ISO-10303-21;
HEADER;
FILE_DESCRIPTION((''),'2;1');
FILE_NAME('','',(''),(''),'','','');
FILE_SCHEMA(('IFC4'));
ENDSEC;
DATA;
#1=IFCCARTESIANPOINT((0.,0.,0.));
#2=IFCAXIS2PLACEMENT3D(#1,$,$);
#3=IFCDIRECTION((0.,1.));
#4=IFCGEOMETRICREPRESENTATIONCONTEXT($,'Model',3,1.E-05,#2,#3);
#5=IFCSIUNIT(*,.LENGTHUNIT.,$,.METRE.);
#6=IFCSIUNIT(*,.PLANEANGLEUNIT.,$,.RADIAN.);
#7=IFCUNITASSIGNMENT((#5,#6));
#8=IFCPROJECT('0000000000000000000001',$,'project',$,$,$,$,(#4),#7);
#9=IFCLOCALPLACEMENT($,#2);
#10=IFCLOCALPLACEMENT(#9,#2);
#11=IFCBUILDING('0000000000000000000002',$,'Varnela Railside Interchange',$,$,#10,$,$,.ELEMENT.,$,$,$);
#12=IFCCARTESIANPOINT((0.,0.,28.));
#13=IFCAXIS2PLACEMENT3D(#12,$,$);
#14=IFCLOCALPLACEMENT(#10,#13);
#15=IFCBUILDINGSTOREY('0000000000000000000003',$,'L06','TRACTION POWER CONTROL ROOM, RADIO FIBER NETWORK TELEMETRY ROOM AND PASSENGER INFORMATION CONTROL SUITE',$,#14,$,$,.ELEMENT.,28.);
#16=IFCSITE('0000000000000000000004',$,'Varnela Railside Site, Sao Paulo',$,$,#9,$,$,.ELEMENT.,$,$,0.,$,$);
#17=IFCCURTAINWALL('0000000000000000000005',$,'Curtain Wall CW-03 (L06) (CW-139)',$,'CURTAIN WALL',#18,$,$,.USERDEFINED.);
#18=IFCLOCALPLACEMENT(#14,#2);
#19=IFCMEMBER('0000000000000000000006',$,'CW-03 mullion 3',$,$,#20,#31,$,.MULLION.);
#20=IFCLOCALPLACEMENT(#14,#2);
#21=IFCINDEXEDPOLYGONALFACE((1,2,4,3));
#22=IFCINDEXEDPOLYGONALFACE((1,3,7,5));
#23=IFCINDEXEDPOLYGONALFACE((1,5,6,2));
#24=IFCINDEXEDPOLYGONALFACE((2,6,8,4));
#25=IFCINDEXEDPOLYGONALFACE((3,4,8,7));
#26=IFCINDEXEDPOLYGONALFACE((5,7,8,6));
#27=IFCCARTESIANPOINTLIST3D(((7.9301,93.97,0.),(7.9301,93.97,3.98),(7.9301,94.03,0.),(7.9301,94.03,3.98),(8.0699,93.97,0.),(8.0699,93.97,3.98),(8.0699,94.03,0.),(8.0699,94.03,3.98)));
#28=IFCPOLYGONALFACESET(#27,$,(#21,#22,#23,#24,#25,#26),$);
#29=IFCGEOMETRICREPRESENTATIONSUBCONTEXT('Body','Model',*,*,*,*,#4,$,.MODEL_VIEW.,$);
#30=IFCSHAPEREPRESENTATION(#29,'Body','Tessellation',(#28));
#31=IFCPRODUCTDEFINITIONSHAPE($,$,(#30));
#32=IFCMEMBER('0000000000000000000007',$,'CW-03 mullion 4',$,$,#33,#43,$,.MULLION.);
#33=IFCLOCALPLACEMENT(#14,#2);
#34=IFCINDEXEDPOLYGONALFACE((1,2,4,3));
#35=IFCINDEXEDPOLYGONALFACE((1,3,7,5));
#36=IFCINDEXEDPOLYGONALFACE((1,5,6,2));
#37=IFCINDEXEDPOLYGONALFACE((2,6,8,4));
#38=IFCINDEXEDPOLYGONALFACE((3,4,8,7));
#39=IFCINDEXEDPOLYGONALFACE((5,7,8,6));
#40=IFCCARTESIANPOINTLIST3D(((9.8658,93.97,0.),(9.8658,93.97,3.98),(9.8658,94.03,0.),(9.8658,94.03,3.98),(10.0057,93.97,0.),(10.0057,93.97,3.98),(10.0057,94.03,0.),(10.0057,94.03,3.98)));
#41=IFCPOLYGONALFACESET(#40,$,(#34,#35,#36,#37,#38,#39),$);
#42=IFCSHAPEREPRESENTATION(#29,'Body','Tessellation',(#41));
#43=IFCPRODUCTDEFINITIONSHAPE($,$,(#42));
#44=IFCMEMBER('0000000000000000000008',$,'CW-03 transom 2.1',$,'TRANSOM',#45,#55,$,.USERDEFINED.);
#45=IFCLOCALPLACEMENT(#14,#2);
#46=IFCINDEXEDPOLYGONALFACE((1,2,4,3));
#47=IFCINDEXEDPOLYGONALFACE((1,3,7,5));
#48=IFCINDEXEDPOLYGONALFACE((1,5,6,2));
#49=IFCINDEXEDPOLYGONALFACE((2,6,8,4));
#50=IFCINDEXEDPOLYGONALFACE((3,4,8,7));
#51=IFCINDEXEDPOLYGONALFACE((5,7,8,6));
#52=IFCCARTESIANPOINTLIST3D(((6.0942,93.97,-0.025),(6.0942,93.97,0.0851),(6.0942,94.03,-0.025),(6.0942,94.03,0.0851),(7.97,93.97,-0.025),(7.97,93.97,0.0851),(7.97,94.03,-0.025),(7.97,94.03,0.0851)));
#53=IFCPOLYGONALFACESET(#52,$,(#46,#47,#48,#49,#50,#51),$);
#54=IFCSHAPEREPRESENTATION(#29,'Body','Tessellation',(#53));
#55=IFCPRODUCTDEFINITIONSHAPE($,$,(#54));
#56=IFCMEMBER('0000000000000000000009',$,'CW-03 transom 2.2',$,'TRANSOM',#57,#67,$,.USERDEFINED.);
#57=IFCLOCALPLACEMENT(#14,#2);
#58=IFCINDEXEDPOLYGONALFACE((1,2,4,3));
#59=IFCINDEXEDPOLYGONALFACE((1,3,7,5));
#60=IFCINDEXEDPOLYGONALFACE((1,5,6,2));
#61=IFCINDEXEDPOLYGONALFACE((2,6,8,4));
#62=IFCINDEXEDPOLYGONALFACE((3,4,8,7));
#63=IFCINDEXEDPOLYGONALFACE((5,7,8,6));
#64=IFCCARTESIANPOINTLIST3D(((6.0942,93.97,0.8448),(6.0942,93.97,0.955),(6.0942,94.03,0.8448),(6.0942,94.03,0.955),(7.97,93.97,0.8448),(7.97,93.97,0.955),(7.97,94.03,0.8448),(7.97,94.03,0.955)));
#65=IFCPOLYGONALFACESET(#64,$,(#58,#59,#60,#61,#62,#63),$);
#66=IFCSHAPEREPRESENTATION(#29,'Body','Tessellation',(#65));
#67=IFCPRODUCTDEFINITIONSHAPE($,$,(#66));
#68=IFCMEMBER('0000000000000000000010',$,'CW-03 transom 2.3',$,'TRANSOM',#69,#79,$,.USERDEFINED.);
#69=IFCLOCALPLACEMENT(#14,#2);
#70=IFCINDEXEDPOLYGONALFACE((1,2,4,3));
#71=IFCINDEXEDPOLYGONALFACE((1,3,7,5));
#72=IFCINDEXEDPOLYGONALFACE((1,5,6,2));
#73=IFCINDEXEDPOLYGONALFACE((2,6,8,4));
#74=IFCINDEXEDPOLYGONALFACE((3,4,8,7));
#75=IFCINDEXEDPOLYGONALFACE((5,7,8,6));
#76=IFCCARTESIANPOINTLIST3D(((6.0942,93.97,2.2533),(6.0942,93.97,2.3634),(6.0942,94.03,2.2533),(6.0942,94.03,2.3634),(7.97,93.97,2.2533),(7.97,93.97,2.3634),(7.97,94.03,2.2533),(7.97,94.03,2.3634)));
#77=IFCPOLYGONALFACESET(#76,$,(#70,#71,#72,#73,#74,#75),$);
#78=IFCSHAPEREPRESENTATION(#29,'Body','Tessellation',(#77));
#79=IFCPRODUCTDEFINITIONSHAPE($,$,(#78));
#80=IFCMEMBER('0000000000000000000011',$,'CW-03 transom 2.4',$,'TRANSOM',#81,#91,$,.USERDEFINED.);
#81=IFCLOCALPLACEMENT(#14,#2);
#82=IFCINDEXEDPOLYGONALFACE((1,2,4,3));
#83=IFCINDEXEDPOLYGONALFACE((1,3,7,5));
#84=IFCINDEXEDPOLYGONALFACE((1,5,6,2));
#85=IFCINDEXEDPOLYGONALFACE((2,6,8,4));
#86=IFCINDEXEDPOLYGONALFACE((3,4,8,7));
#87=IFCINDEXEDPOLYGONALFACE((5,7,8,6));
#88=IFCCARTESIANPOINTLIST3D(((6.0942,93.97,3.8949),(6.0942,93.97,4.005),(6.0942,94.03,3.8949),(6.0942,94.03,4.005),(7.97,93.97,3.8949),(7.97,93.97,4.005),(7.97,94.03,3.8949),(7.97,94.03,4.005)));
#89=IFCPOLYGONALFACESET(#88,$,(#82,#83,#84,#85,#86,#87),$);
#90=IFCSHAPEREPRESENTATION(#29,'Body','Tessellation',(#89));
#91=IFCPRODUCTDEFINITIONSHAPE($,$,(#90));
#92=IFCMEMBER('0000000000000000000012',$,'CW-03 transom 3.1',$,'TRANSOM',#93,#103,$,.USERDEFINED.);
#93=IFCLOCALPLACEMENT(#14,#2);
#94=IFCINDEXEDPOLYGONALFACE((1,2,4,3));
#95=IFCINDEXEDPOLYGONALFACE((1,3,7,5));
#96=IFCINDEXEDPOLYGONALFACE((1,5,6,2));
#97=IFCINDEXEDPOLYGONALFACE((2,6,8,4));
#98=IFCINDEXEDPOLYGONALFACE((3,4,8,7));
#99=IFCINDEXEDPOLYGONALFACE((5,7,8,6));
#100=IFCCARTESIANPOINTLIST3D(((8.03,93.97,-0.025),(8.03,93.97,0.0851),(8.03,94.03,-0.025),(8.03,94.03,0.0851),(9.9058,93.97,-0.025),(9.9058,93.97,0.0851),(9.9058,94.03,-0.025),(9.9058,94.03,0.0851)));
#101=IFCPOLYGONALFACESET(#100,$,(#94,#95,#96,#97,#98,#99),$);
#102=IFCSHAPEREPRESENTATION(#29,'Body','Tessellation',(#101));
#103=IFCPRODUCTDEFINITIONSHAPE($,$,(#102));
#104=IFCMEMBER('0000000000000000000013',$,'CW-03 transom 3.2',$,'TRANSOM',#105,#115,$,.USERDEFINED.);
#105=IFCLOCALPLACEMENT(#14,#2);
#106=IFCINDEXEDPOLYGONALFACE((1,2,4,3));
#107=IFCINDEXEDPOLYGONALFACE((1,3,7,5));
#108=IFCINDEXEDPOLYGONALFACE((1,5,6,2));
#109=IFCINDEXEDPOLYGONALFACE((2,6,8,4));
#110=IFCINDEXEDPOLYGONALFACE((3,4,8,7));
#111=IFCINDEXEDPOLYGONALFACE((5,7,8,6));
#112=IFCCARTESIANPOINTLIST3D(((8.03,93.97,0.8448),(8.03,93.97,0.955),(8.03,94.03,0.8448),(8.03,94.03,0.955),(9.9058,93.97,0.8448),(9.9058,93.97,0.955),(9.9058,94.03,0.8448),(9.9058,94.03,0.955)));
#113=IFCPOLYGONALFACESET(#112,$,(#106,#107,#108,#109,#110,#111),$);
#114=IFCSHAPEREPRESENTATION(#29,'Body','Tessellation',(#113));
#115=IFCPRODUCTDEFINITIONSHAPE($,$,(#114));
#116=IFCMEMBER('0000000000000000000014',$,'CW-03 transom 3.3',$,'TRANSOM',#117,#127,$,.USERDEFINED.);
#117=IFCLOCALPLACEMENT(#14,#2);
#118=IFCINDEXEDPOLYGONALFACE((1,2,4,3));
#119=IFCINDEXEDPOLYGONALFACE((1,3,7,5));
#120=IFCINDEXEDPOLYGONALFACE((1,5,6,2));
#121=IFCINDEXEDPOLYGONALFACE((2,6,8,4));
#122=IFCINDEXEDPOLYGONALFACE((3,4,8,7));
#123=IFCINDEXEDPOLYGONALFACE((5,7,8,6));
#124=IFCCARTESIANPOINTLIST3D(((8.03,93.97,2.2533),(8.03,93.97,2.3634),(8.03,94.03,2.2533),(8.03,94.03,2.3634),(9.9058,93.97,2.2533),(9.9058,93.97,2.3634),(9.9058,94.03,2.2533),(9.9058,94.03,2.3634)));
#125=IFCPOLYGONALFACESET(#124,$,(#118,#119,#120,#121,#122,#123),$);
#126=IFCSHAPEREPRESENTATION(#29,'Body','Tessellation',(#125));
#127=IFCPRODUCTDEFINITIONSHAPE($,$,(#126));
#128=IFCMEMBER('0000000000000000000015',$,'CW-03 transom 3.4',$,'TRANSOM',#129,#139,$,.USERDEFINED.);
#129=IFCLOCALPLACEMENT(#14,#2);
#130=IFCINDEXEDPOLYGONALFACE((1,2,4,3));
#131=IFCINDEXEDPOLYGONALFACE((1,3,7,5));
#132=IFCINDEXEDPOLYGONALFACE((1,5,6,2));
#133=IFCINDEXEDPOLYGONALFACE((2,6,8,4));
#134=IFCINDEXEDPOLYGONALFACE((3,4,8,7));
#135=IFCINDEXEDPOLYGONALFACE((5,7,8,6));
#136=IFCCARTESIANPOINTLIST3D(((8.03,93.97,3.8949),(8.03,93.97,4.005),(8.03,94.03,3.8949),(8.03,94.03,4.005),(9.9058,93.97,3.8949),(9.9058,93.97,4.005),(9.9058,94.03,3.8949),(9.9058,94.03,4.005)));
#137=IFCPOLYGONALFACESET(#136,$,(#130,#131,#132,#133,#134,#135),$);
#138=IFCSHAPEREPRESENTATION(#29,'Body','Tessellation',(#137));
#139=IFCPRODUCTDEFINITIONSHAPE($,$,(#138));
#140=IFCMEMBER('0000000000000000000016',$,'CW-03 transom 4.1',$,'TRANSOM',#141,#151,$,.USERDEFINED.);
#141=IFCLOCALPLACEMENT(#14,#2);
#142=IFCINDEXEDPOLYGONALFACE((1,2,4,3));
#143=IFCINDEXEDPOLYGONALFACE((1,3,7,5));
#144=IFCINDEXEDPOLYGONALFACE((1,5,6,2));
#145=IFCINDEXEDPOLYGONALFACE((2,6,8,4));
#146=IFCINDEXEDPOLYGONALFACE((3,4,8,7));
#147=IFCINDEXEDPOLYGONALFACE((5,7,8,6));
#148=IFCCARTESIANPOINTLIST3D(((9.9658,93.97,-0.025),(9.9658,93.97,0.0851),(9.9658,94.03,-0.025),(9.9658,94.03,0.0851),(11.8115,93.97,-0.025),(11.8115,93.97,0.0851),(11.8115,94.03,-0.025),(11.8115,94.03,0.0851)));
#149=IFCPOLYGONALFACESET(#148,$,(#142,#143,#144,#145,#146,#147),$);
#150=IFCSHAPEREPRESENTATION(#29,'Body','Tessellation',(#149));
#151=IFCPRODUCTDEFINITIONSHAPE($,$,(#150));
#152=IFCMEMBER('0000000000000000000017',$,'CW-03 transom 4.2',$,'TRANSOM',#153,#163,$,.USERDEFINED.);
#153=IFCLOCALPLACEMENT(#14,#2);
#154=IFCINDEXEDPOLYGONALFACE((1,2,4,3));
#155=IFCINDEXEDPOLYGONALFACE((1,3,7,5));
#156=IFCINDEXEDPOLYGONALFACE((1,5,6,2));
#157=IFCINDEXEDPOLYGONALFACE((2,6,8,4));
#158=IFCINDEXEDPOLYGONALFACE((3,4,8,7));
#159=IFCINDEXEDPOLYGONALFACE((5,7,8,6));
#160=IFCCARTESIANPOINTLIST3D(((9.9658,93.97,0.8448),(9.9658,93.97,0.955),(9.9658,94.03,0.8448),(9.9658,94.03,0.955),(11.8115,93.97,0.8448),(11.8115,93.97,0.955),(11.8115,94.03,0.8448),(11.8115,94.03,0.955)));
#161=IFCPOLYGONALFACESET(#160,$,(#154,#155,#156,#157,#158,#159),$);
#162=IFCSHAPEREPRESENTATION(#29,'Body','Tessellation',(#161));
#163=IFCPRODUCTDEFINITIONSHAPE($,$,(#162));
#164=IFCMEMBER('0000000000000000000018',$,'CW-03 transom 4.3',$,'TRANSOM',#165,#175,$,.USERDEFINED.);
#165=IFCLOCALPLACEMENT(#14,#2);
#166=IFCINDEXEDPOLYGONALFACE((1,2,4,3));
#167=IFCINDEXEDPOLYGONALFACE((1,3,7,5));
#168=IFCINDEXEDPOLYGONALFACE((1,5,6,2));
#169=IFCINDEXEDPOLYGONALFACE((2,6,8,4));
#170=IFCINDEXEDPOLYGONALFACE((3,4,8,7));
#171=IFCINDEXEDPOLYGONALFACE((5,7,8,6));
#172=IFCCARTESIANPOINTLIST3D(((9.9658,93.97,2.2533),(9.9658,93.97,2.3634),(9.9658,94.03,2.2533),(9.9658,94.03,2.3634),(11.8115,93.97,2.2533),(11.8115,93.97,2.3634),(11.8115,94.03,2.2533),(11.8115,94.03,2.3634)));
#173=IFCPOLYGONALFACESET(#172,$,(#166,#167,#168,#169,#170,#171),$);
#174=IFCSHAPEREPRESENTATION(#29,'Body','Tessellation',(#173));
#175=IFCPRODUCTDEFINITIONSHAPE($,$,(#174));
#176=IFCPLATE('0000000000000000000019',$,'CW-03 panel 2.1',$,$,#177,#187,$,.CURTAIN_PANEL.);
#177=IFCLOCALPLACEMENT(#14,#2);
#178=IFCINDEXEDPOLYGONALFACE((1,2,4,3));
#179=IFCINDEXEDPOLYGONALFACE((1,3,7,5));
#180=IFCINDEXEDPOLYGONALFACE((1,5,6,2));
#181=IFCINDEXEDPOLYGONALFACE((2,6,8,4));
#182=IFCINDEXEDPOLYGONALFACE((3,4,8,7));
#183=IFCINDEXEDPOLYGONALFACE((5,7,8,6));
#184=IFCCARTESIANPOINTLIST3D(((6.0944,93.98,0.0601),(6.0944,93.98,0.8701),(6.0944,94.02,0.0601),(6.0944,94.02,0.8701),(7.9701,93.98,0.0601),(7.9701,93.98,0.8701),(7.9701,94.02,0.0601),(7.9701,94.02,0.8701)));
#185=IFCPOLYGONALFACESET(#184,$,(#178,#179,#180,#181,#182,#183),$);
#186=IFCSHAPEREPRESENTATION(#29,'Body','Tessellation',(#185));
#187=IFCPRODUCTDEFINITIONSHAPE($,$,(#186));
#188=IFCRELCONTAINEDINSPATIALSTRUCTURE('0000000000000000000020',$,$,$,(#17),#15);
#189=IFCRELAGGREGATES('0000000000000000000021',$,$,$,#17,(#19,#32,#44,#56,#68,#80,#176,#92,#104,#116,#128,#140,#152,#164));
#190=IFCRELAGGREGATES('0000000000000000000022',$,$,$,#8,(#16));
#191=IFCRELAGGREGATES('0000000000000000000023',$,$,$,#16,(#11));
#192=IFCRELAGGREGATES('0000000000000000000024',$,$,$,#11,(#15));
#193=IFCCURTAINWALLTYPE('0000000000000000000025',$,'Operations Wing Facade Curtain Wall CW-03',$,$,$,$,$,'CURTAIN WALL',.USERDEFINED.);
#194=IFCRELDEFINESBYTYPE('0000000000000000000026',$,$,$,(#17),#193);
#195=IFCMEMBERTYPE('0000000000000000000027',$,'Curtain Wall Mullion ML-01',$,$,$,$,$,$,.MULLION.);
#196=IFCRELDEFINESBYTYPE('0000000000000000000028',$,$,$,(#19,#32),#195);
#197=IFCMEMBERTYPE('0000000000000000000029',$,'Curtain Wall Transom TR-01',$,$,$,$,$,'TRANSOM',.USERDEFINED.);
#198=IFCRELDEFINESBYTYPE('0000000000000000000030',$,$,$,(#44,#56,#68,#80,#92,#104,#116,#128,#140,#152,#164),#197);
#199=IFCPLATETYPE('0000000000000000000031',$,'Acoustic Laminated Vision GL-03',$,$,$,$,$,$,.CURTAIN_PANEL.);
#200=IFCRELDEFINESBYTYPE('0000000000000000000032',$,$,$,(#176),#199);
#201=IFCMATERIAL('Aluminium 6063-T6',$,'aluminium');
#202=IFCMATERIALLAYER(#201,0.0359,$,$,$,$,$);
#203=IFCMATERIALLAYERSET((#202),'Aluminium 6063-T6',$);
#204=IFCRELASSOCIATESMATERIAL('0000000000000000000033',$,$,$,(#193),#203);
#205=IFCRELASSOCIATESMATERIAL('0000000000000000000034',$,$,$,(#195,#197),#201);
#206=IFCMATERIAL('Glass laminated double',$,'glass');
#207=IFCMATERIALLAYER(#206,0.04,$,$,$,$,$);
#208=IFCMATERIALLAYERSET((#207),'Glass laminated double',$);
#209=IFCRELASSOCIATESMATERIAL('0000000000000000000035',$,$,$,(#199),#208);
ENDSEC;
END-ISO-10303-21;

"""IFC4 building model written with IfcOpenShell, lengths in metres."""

from ifc_helpers import new_model, si_unit, direction, frame, origin, origin_2d, place, context, subcontext, project, spatial, rectangle, extrude, material, layer, layer_set, material_profile, profile_set, type_object, element, aggregate, save


model = new_model("IFC4")

# Units and contexts
model_context = context("Model", 3, precision=1e-05, world=origin(), true_north=direction((0.0, 1.0)))
body_context = subcontext(model_context, "Body", "Model", "MODEL_VIEW")
ifc_project = project(units=[si_unit("LENGTHUNIT", "METRE"), si_unit("PLANEANGLEUNIT", "RADIAN")], contexts=[model_context])

# Site, building, storey
site_placement = place(None, origin())
site = spatial("IfcSite", under=ifc_project, at=site_placement, Name="Varnela Railside Site, Sao Paulo", CompositionType="ELEMENT", RefElevation=0.0)
building_placement = place(site_placement, origin())
building = spatial("IfcBuilding", under=site, at=building_placement, Name="Varnela Railside Interchange", CompositionType="ELEMENT")
storey_placement = place(building_placement, frame((0.0, 0.0, 28.0)))
storey = spatial("IfcBuildingStorey", under=building, at=storey_placement, Name="L06", Description="TRACTION POWER CONTROL ROOM, RADIO FIBER NETWORK TELEMETRY ROOM AND PASSENGER INFORMATION CONTROL SUITE", CompositionType="ELEMENT", Elevation=28.0)

# Curtain wall, members, plate
ifc_material_1 = material(Name="Aluminium 6063-T6", Category="aluminium")
ifc_layer_1 = layer(ifc_material_1, 0.0359)
ifc_layer_set_1 = layer_set([ifc_layer_1], Name="Aluminium 6063-T6")
curtain_wall_type = type_object("IfcCurtainWallType", Name="Operations Wing Facade Curtain Wall CW-03", ElementType="CURTAIN WALL", PredefinedType="USERDEFINED", material=ifc_layer_set_1)
curtain_wall_placement = place(storey_placement, origin())
curtain_wall = element("IfcCurtainWall", 1, at=curtain_wall_placement, inside=storey, type_object=curtain_wall_type, Name="Curtain Wall CW-03 (L06) (CW-139)", ObjectType="CURTAIN WALL", PredefinedType="USERDEFINED")
ifc_material_profile_1 = material_profile(ifc_material_1, rectangle(XDim=0.0601, YDim=0.1399, at=origin_2d()), Name="ALU 60x140")
ifc_profile_set_1 = profile_set([ifc_material_profile_1], Name="Aluminium 6063-T6")
member_type_1 = type_object("IfcMemberType", Name="Curtain Wall Mullion ML-01", PredefinedType="MULLION", material=ifc_profile_set_1)
member_1_placement = place(storey_placement, frame((8.0, 94.0, 0.0), z_axis=(0.0, 0.0, 1.0), x_axis=(0.0, 1.0, 0.0)))
member_1 = element("IfcMember", 2, at=member_1_placement, type_object=member_type_1, Name="CW-03 mullion 3", PredefinedType="MULLION", context=body_context, shape_type="SweptSolid", body=[
    extrude(rectangle(XDim=0.0601, YDim=0.1399, at=origin_2d()), origin(), (0.0, 0.0, 1.0), 3.98),
])
member_2_placement = place(storey_placement, frame((9.9358, 94.0, 0.0), z_axis=(0.0, 0.0, 1.0), x_axis=(0.0, 1.0, 0.0)))
member_2 = element("IfcMember", 3, at=member_2_placement, type_object=member_type_1, Name="CW-03 mullion 4", PredefinedType="MULLION", context=body_context, shape_type="SweptSolid", body=[
    extrude(rectangle(XDim=0.0601, YDim=0.1399, at=origin_2d()), origin(), (0.0, 0.0, 1.0), 3.98),
])
ifc_material_profile_2 = material_profile(ifc_material_1, rectangle(XDim=0.0601, YDim=0.1101, at=origin_2d()), Name="ALU 60x110")
ifc_profile_set_2 = profile_set([ifc_material_profile_2], Name="Aluminium 6063-T6")
member_type_2 = type_object("IfcMemberType", Name="Curtain Wall Transom TR-01", ElementType="TRANSOM", PredefinedType="USERDEFINED", material=ifc_profile_set_2)
member_3_placement = place(storey_placement, frame((6.0942, 94.0, 0.03), z_axis=(1.0, 0.0, 0.0), x_axis=(0.0, 1.0, 0.0)))
member_3 = element("IfcMember", 4, at=member_3_placement, type_object=member_type_2, Name="CW-03 transom 2.1", ObjectType="TRANSOM", PredefinedType="USERDEFINED", context=body_context, shape_type="SweptSolid", body=[
    extrude(rectangle(XDim=0.0601, YDim=0.1101, at=origin_2d()), origin(), (0.0, 0.0, 1.0), 1.8757),
])
member_4_placement = place(storey_placement, frame((6.0942, 94.0, 0.8999), z_axis=(1.0, 0.0, 0.0), x_axis=(0.0, 1.0, 0.0)))
member_4 = element("IfcMember", 5, at=member_4_placement, type_object=member_type_2, Name="CW-03 transom 2.2", ObjectType="TRANSOM", PredefinedType="USERDEFINED", context=body_context, shape_type="SweptSolid", body=[
    extrude(rectangle(XDim=0.0601, YDim=0.1101, at=origin_2d()), origin(), (0.0, 0.0, 1.0), 1.8757),
])
member_5_placement = place(storey_placement, frame((6.0942, 94.0, 2.3083), z_axis=(1.0, 0.0, 0.0), x_axis=(0.0, 1.0, 0.0)))
member_5 = element("IfcMember", 6, at=member_5_placement, type_object=member_type_2, Name="CW-03 transom 2.3", ObjectType="TRANSOM", PredefinedType="USERDEFINED", context=body_context, shape_type="SweptSolid", body=[
    extrude(rectangle(XDim=0.0601, YDim=0.1101, at=origin_2d()), origin(), (0.0, 0.0, 1.0), 1.8757),
])
member_6_placement = place(storey_placement, frame((6.0942, 94.0, 3.95), z_axis=(1.0, 0.0, 0.0), x_axis=(0.0, 1.0, 0.0)))
member_6 = element("IfcMember", 7, at=member_6_placement, type_object=member_type_2, Name="CW-03 transom 2.4", ObjectType="TRANSOM", PredefinedType="USERDEFINED", context=body_context, shape_type="SweptSolid", body=[
    extrude(rectangle(XDim=0.0601, YDim=0.1101, at=origin_2d()), origin(), (0.0, 0.0, 1.0), 1.8757),
])
member_7_placement = place(storey_placement, frame((8.03, 94.0, 0.03), z_axis=(1.0, 0.0, 0.0), x_axis=(0.0, 1.0, 0.0)))
member_7 = element("IfcMember", 8, at=member_7_placement, type_object=member_type_2, Name="CW-03 transom 3.1", ObjectType="TRANSOM", PredefinedType="USERDEFINED", context=body_context, shape_type="SweptSolid", body=[
    extrude(rectangle(XDim=0.0601, YDim=0.1101, at=origin_2d()), origin(), (0.0, 0.0, 1.0), 1.8757),
])
member_8_placement = place(storey_placement, frame((8.03, 94.0, 0.8999), z_axis=(1.0, 0.0, 0.0), x_axis=(0.0, 1.0, 0.0)))
member_8 = element("IfcMember", 9, at=member_8_placement, type_object=member_type_2, Name="CW-03 transom 3.2", ObjectType="TRANSOM", PredefinedType="USERDEFINED", context=body_context, shape_type="SweptSolid", body=[
    extrude(rectangle(XDim=0.0601, YDim=0.1101, at=origin_2d()), origin(), (0.0, 0.0, 1.0), 1.8757),
])
member_9_placement = place(storey_placement, frame((8.03, 94.0, 2.3083), z_axis=(1.0, 0.0, 0.0), x_axis=(0.0, 1.0, 0.0)))
member_9 = element("IfcMember", 10, at=member_9_placement, type_object=member_type_2, Name="CW-03 transom 3.3", ObjectType="TRANSOM", PredefinedType="USERDEFINED", context=body_context, shape_type="SweptSolid", body=[
    extrude(rectangle(XDim=0.0601, YDim=0.1101, at=origin_2d()), origin(), (0.0, 0.0, 1.0), 1.8757),
])
member_10_placement = place(storey_placement, frame((8.03, 94.0, 3.95), z_axis=(1.0, 0.0, 0.0), x_axis=(0.0, 1.0, 0.0)))
member_10 = element("IfcMember", 11, at=member_10_placement, type_object=member_type_2, Name="CW-03 transom 3.4", ObjectType="TRANSOM", PredefinedType="USERDEFINED", context=body_context, shape_type="SweptSolid", body=[
    extrude(rectangle(XDim=0.0601, YDim=0.1101, at=origin_2d()), origin(), (0.0, 0.0, 1.0), 1.8757),
])
member_11_placement = place(storey_placement, frame((9.9658, 94.0, 0.03), z_axis=(1.0, 0.0, 0.0), x_axis=(0.0, 1.0, 0.0)))
member_11 = element("IfcMember", 12, at=member_11_placement, type_object=member_type_2, Name="CW-03 transom 4.1", ObjectType="TRANSOM", PredefinedType="USERDEFINED", context=body_context, shape_type="SweptSolid", body=[
    extrude(rectangle(XDim=0.0601, YDim=0.1101, at=origin_2d()), origin(), (0.0, 0.0, 1.0), 1.8457),
])
member_12_placement = place(storey_placement, frame((9.9658, 94.0, 0.8999), z_axis=(1.0, 0.0, 0.0), x_axis=(0.0, 1.0, 0.0)))
member_12 = element("IfcMember", 13, at=member_12_placement, type_object=member_type_2, Name="CW-03 transom 4.2", ObjectType="TRANSOM", PredefinedType="USERDEFINED", context=body_context, shape_type="SweptSolid", body=[
    extrude(rectangle(XDim=0.0601, YDim=0.1101, at=origin_2d()), origin(), (0.0, 0.0, 1.0), 1.8457),
])
member_13_placement = place(storey_placement, frame((9.9658, 94.0, 2.3083), z_axis=(1.0, 0.0, 0.0), x_axis=(0.0, 1.0, 0.0)))
member_13 = element("IfcMember", 14, at=member_13_placement, type_object=member_type_2, Name="CW-03 transom 4.3", ObjectType="TRANSOM", PredefinedType="USERDEFINED", context=body_context, shape_type="SweptSolid", body=[
    extrude(rectangle(XDim=0.0601, YDim=0.1101, at=origin_2d()), origin(), (0.0, 0.0, 1.0), 1.8457),
])
ifc_material_2 = material(Name="Glass laminated double", Category="glass")
ifc_layer_2 = layer(ifc_material_2, 0.04)
ifc_layer_set_2 = layer_set([ifc_layer_2], Name="Glass laminated double")
plate_type = type_object("IfcPlateType", Name="Acoustic Laminated Vision GL-03", PredefinedType="CURTAIN_PANEL", material=ifc_layer_set_2)
plate_1_placement = place(storey_placement, frame((7.0322, 94.0, 0.0601), z_axis=(0.0, 0.0, 1.0), x_axis=(1.0, 0.0, 0.0)))
plate_1 = element("IfcPlate", 15, at=plate_1_placement, type_object=plate_type, Name="CW-03 panel 2.1", PredefinedType="CURTAIN_PANEL", context=body_context, shape_type="SweptSolid", body=[
    extrude(rectangle(XDim=1.8757, YDim=0.04, at=origin_2d()), origin(), (0.0, 0.0, 1.0), 0.8101),
])
aggregate(curtain_wall, [member_1, member_2, member_3, member_4, member_5, member_6, plate_1, member_7, member_8, member_9, member_10, member_11, member_12, member_13])

save(model, "model.ifc")
